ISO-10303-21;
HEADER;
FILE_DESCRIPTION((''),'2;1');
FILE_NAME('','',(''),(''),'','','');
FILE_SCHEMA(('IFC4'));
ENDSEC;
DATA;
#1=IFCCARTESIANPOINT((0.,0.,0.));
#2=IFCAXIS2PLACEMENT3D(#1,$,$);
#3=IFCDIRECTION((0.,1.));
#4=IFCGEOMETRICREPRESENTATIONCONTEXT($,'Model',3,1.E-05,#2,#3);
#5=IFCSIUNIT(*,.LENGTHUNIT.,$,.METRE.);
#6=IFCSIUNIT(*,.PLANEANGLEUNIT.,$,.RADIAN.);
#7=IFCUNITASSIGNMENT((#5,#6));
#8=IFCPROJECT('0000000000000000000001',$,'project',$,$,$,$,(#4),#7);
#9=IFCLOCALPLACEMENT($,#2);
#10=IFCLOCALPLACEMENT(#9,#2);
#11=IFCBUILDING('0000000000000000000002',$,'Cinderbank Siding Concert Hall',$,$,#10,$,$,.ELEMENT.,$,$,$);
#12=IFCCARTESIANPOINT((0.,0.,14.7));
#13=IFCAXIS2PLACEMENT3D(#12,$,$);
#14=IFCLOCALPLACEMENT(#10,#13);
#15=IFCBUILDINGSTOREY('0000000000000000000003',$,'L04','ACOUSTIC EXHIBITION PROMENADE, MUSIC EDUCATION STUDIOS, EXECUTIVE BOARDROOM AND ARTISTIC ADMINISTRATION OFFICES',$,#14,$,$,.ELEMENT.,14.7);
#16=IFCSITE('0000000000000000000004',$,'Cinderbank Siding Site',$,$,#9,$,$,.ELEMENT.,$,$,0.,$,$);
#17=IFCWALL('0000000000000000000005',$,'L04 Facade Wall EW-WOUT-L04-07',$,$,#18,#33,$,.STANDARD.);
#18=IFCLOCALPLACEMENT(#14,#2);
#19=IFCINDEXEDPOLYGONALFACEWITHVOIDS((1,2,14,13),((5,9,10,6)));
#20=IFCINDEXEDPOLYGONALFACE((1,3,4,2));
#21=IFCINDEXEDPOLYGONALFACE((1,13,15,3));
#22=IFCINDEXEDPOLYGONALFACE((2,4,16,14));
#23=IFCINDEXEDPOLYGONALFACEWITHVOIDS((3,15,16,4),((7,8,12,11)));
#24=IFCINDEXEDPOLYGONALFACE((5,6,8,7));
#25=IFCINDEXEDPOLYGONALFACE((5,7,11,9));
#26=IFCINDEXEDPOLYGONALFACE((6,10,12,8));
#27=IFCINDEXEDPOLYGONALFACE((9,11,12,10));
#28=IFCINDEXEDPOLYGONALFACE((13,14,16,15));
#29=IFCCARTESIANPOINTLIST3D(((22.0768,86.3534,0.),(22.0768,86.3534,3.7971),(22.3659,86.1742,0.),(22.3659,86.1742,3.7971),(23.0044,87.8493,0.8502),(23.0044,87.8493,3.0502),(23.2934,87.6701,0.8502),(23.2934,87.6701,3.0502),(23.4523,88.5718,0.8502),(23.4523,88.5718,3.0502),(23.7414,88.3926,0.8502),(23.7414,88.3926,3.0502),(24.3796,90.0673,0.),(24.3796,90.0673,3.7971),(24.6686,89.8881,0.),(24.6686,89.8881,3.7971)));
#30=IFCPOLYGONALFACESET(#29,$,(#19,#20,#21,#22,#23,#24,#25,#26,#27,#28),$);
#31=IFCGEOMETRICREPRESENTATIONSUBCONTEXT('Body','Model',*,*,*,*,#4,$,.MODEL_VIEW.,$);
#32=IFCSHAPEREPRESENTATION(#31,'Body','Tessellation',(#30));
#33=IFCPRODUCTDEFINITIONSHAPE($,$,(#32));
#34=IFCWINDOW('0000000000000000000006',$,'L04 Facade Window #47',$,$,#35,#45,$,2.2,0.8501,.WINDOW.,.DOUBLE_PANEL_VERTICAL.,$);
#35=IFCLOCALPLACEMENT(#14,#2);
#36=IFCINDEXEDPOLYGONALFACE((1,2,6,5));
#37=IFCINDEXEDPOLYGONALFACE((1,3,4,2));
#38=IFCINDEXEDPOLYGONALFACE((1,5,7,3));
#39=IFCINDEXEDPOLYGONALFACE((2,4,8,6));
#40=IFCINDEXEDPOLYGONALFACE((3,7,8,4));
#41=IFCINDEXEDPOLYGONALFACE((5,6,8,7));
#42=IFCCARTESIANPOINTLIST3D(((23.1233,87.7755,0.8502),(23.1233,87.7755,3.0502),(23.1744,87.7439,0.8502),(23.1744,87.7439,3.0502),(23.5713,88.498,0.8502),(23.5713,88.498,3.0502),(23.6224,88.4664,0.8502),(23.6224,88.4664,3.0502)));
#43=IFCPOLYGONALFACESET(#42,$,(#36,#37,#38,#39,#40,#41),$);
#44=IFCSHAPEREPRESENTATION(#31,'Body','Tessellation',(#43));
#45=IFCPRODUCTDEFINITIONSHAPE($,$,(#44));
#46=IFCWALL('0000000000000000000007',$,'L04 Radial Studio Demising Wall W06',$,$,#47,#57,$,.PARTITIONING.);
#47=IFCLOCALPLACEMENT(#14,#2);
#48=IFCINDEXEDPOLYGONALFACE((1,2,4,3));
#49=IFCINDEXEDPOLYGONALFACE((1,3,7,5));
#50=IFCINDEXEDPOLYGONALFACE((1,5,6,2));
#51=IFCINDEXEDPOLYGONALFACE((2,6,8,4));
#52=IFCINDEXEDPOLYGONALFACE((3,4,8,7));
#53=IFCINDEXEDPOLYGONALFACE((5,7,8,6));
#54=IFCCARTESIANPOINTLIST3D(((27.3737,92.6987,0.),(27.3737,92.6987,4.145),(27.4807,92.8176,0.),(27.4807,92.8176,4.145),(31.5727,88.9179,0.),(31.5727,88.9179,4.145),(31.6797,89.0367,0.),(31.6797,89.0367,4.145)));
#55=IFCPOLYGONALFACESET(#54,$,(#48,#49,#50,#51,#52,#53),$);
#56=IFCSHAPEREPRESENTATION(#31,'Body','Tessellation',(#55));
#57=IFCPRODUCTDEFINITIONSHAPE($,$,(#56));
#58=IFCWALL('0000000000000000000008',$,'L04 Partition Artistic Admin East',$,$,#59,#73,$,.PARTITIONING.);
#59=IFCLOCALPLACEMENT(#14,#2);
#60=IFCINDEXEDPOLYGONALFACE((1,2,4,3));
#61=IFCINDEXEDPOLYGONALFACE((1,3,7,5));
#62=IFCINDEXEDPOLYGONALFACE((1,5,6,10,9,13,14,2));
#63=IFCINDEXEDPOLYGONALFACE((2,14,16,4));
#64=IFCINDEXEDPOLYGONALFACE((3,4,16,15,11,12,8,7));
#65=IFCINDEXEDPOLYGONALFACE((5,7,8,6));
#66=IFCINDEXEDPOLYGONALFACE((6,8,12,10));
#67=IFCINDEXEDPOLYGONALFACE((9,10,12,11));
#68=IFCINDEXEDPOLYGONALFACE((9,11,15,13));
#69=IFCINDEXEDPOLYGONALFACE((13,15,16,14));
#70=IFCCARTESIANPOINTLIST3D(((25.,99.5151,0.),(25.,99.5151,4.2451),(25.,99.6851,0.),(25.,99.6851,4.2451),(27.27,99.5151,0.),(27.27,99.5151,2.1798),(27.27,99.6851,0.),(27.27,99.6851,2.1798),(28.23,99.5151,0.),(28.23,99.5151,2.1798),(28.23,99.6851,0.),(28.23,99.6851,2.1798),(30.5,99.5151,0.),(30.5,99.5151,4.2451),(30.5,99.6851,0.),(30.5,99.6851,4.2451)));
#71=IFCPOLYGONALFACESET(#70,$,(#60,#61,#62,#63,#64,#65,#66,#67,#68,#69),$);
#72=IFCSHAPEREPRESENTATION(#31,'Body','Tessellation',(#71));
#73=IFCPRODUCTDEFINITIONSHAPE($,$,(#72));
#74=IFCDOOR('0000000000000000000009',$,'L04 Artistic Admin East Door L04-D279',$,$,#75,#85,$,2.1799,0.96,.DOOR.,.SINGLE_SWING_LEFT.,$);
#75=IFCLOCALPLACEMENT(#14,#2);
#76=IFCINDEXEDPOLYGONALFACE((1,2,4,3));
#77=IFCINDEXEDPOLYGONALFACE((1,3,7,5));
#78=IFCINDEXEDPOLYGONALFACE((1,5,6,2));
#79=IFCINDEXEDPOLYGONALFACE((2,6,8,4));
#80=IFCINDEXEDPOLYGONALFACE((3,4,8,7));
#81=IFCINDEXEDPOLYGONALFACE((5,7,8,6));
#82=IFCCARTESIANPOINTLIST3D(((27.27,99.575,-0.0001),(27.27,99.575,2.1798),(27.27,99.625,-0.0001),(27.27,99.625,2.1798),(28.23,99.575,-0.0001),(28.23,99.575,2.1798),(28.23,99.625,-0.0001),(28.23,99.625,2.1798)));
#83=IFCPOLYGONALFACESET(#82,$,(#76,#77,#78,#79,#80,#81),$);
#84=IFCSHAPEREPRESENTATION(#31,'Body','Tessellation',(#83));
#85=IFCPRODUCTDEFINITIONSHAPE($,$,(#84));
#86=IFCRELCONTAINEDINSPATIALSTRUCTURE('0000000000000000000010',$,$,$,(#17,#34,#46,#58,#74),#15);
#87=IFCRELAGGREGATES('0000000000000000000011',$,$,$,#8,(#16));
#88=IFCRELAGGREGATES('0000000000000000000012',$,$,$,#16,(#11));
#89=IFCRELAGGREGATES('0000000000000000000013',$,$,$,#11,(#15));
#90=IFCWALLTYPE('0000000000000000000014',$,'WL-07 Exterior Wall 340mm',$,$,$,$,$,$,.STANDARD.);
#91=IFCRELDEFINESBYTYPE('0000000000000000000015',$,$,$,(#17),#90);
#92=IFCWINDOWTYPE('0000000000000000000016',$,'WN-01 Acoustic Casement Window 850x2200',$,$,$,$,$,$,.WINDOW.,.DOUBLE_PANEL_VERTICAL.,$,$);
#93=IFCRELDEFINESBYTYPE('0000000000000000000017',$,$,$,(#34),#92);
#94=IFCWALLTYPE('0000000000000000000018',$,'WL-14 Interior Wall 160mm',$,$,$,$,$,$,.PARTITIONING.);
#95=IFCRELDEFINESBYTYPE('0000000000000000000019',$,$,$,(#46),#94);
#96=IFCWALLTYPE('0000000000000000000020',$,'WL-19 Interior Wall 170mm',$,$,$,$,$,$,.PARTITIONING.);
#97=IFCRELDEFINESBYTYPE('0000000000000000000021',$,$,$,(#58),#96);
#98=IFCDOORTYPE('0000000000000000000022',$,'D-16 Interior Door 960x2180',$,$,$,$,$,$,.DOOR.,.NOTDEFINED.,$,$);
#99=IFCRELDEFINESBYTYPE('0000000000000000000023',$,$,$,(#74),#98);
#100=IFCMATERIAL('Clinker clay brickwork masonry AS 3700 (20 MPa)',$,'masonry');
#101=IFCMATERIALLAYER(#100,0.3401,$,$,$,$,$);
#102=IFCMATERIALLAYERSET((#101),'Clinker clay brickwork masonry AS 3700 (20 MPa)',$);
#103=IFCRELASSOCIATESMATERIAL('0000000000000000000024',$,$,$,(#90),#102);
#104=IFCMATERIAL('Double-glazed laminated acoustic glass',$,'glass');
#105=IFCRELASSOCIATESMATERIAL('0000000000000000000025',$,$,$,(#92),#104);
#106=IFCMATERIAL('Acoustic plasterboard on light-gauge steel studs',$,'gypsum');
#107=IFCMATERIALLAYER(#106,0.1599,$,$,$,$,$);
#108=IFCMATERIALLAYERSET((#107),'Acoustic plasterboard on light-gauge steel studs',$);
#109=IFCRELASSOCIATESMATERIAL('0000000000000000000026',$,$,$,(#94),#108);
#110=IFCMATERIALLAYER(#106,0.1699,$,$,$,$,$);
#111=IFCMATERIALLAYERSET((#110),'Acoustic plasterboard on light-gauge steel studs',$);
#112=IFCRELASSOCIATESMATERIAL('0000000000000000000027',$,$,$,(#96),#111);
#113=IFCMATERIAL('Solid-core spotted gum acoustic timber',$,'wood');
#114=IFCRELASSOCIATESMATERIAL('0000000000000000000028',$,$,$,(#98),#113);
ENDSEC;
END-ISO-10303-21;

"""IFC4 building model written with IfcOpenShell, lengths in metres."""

from ifc_helpers import new_model, si_unit, direction, frame, frame_2d, origin, place, context, subcontext, project, spatial, rectangle, extrude, material, layer, layer_set, type_object, element, fill, save


model = new_model("IFC4")

# Units and contexts
model_context = context("Model", 3, precision=1e-05, world=origin(), true_north=direction((0.0, 1.0)))
body_context = subcontext(model_context, "Body", "Model", "MODEL_VIEW")
ifc_project = project(units=[si_unit("LENGTHUNIT", "METRE"), si_unit("PLANEANGLEUNIT", "RADIAN")], contexts=[model_context])

# Site, building, storey
site_placement = place(None, origin())
site = spatial("IfcSite", under=ifc_project, at=site_placement, Name="Cinderbank Siding Site", CompositionType="ELEMENT", RefElevation=0.0)
building_placement = place(site_placement, origin())
building = spatial("IfcBuilding", under=site, at=building_placement, Name="Cinderbank Siding Concert Hall", CompositionType="ELEMENT")
storey_placement = place(building_placement, frame((0.0, 0.0, 14.7)))
storey = spatial("IfcBuildingStorey", under=building, at=storey_placement, Name="L04", Description="ACOUSTIC EXHIBITION PROMENADE, MUSIC EDUCATION STUDIOS, EXECUTIVE BOARDROOM AND ARTISTIC ADMINISTRATION OFFICES", CompositionType="ELEMENT", Elevation=14.7)

# Wall, opening, window
ifc_material_1 = material(Name="Clinker clay brickwork masonry AS 3700 (20 MPa)", Category="masonry")
ifc_layer_1 = layer(ifc_material_1, 0.3401)
ifc_layer_set_1 = layer_set([ifc_layer_1], Name="Clinker clay brickwork masonry AS 3700 (20 MPa)")
wall_type_1 = type_object("IfcWallType", Name="WL-07 Exterior Wall 340mm", PredefinedType="STANDARD", material=ifc_layer_set_1)
ifc_material_2 = material(Name="Double-glazed laminated acoustic glass", Category="glass")
wall_1_placement = place(storey_placement, frame((24.5242, 89.9778, 0.0), z_axis=(0.0, 0.0, 1.0), x_axis=(-0.526962, -0.849889, 0.0)))
wall_1 = element("IfcWall", 1, at=wall_1_placement, inside=storey, type_object=wall_type_1, Name="L04 Facade Wall EW-WOUT-L04-07", PredefinedType="STANDARD", context=body_context, shape_type="SweptSolid", body=[
    extrude(rectangle(XDim=4.3699, YDim=0.3401, at=frame_2d((2.1851, 0.0))), origin(), (0.0, 0.0, 1.0), 3.7971),
])
opening_1_placement = place(wall_1_placement, frame((1.7598, 0.0, 0.8501)))
opening_1 = element("IfcOpeningElement", 2, at=opening_1_placement, cuts=wall_1, PredefinedType="OPENING", context=body_context, shape_type="SweptSolid", body=[
    extrude(rectangle(XDim=0.8501, YDim=2.2, at=frame_2d((0.425, 1.1001))), frame((0.0, 0.1821, 0.0), z_axis=(0.0, -1.0, 0.0), x_axis=(1.0, 0.0, 0.0)), (0.0, 0.0, 1.0), 0.364),
])
window_type_1 = type_object("IfcWindowType", Name="WN-01 Acoustic Casement Window 850x2200", PartitioningType="DOUBLE_PANEL_VERTICAL", PredefinedType="WINDOW", material=ifc_material_2)
window_1_placement = place(opening_1_placement, origin())
window_1 = element("IfcWindow", 3, at=window_1_placement, inside=storey, type_object=window_type_1, Name="L04 Facade Window #47", OverallHeight=2.2, OverallWidth=0.8501, PartitioningType="DOUBLE_PANEL_VERTICAL", PredefinedType="WINDOW", context=body_context, shape_type="SweptSolid", body=[
    extrude(rectangle(XDim=0.8501, YDim=2.2, at=frame_2d((0.425, 1.1001))), frame((0.0, 0.03, 0.0), z_axis=(0.0, -1.0, 0.0), x_axis=(1.0, 0.0, 0.0)), (0.0, 0.0, 1.0), 0.0601),
])
fill(opening_1, window_1)

# Wall
ifc_material_3 = material(Name="Acoustic plasterboard on light-gauge steel studs", Category="gypsum")
ifc_layer_2 = layer(ifc_material_3, 0.1599)
ifc_layer_set_2 = layer_set([ifc_layer_2], Name="Acoustic plasterboard on light-gauge steel studs")
wall_type_2 = type_object("IfcWallType", Name="WL-14 Interior Wall 160mm", PredefinedType="PARTITIONING", material=ifc_layer_set_2)
wall_2_placement = place(storey_placement, frame((31.6262, 88.9773, 0.0), z_axis=(0.0, 0.0, 1.0), x_axis=(-0.743146, 0.669129, 0.0)))
element("IfcWall", 4, at=wall_2_placement, inside=storey, type_object=wall_type_2, Name="L04 Radial Studio Demising Wall W06", PredefinedType="PARTITIONING", context=body_context, shape_type="SweptSolid", body=[
    extrude(rectangle(XDim=5.6504, YDim=0.1599, at=frame_2d((2.8252, 0.0))), origin(), (0.0, 0.0, 1.0), 4.145),
])

# Wall, opening, door
ifc_layer_3 = layer(ifc_material_3, 0.1699)
ifc_layer_set_3 = layer_set([ifc_layer_3], Name="Acoustic plasterboard on light-gauge steel studs")
wall_type_3 = type_object("IfcWallType", Name="WL-19 Interior Wall 170mm", PredefinedType="PARTITIONING", material=ifc_layer_set_3)
wall_3_placement = place(storey_placement, frame((25.0, 99.6001, 0.0), z_axis=(0.0, 0.0, 1.0), x_axis=(1.0, 0.0, 0.0)))
wall_3 = element("IfcWall", 5, at=wall_3_placement, inside=storey, type_object=wall_type_3, Name="L04 Partition Artistic Admin East", PredefinedType="PARTITIONING", context=body_context, shape_type="SweptSolid", body=[
    extrude(rectangle(XDim=5.5, YDim=0.1699, at=frame_2d((2.75, 0.0))), origin(), (0.0, 0.0, 1.0), 4.2451),
])
opening_2_placement = place(wall_3_placement, frame((2.27, 0.0, 0.0)))
opening_2 = element("IfcOpeningElement", 6, at=opening_2_placement, cuts=wall_3, PredefinedType="OPENING", context=body_context, shape_type="SweptSolid", body=[
    extrude(rectangle(XDim=0.96, YDim=2.1799, at=frame_2d((0.48, 1.0898))), frame((0.0, 0.0969, 0.0), z_axis=(0.0, -1.0, 0.0), x_axis=(1.0, 0.0, 0.0)), (0.0, 0.0, 1.0), 0.1938),
])
ifc_material_4 = material(Name="Solid-core spotted gum acoustic timber", Category="wood")
door_type_1 = type_object("IfcDoorType", Name="D-16 Interior Door 960x2180", OperationType="NOTDEFINED", PredefinedType="DOOR", material=ifc_material_4)
door_1_placement = place(opening_2_placement, origin())
door_1 = element("IfcDoor", 7, at=door_1_placement, inside=storey, type_object=door_type_1, Name="L04 Artistic Admin East Door L04-D279", OperationType="SINGLE_SWING_LEFT", OverallHeight=2.1799, OverallWidth=0.96, PredefinedType="DOOR", context=body_context, shape_type="SweptSolid", body=[
    extrude(rectangle(XDim=0.96, YDim=2.1799, at=frame_2d((0.48, 1.0898))), frame((0.0, 0.0249, 0.0), z_axis=(0.0, -1.0, 0.0), x_axis=(1.0, 0.0, 0.0)), (0.0, 0.0, 1.0), 0.05),
])
fill(opening_2, door_1)

save(model, "model.ifc")
